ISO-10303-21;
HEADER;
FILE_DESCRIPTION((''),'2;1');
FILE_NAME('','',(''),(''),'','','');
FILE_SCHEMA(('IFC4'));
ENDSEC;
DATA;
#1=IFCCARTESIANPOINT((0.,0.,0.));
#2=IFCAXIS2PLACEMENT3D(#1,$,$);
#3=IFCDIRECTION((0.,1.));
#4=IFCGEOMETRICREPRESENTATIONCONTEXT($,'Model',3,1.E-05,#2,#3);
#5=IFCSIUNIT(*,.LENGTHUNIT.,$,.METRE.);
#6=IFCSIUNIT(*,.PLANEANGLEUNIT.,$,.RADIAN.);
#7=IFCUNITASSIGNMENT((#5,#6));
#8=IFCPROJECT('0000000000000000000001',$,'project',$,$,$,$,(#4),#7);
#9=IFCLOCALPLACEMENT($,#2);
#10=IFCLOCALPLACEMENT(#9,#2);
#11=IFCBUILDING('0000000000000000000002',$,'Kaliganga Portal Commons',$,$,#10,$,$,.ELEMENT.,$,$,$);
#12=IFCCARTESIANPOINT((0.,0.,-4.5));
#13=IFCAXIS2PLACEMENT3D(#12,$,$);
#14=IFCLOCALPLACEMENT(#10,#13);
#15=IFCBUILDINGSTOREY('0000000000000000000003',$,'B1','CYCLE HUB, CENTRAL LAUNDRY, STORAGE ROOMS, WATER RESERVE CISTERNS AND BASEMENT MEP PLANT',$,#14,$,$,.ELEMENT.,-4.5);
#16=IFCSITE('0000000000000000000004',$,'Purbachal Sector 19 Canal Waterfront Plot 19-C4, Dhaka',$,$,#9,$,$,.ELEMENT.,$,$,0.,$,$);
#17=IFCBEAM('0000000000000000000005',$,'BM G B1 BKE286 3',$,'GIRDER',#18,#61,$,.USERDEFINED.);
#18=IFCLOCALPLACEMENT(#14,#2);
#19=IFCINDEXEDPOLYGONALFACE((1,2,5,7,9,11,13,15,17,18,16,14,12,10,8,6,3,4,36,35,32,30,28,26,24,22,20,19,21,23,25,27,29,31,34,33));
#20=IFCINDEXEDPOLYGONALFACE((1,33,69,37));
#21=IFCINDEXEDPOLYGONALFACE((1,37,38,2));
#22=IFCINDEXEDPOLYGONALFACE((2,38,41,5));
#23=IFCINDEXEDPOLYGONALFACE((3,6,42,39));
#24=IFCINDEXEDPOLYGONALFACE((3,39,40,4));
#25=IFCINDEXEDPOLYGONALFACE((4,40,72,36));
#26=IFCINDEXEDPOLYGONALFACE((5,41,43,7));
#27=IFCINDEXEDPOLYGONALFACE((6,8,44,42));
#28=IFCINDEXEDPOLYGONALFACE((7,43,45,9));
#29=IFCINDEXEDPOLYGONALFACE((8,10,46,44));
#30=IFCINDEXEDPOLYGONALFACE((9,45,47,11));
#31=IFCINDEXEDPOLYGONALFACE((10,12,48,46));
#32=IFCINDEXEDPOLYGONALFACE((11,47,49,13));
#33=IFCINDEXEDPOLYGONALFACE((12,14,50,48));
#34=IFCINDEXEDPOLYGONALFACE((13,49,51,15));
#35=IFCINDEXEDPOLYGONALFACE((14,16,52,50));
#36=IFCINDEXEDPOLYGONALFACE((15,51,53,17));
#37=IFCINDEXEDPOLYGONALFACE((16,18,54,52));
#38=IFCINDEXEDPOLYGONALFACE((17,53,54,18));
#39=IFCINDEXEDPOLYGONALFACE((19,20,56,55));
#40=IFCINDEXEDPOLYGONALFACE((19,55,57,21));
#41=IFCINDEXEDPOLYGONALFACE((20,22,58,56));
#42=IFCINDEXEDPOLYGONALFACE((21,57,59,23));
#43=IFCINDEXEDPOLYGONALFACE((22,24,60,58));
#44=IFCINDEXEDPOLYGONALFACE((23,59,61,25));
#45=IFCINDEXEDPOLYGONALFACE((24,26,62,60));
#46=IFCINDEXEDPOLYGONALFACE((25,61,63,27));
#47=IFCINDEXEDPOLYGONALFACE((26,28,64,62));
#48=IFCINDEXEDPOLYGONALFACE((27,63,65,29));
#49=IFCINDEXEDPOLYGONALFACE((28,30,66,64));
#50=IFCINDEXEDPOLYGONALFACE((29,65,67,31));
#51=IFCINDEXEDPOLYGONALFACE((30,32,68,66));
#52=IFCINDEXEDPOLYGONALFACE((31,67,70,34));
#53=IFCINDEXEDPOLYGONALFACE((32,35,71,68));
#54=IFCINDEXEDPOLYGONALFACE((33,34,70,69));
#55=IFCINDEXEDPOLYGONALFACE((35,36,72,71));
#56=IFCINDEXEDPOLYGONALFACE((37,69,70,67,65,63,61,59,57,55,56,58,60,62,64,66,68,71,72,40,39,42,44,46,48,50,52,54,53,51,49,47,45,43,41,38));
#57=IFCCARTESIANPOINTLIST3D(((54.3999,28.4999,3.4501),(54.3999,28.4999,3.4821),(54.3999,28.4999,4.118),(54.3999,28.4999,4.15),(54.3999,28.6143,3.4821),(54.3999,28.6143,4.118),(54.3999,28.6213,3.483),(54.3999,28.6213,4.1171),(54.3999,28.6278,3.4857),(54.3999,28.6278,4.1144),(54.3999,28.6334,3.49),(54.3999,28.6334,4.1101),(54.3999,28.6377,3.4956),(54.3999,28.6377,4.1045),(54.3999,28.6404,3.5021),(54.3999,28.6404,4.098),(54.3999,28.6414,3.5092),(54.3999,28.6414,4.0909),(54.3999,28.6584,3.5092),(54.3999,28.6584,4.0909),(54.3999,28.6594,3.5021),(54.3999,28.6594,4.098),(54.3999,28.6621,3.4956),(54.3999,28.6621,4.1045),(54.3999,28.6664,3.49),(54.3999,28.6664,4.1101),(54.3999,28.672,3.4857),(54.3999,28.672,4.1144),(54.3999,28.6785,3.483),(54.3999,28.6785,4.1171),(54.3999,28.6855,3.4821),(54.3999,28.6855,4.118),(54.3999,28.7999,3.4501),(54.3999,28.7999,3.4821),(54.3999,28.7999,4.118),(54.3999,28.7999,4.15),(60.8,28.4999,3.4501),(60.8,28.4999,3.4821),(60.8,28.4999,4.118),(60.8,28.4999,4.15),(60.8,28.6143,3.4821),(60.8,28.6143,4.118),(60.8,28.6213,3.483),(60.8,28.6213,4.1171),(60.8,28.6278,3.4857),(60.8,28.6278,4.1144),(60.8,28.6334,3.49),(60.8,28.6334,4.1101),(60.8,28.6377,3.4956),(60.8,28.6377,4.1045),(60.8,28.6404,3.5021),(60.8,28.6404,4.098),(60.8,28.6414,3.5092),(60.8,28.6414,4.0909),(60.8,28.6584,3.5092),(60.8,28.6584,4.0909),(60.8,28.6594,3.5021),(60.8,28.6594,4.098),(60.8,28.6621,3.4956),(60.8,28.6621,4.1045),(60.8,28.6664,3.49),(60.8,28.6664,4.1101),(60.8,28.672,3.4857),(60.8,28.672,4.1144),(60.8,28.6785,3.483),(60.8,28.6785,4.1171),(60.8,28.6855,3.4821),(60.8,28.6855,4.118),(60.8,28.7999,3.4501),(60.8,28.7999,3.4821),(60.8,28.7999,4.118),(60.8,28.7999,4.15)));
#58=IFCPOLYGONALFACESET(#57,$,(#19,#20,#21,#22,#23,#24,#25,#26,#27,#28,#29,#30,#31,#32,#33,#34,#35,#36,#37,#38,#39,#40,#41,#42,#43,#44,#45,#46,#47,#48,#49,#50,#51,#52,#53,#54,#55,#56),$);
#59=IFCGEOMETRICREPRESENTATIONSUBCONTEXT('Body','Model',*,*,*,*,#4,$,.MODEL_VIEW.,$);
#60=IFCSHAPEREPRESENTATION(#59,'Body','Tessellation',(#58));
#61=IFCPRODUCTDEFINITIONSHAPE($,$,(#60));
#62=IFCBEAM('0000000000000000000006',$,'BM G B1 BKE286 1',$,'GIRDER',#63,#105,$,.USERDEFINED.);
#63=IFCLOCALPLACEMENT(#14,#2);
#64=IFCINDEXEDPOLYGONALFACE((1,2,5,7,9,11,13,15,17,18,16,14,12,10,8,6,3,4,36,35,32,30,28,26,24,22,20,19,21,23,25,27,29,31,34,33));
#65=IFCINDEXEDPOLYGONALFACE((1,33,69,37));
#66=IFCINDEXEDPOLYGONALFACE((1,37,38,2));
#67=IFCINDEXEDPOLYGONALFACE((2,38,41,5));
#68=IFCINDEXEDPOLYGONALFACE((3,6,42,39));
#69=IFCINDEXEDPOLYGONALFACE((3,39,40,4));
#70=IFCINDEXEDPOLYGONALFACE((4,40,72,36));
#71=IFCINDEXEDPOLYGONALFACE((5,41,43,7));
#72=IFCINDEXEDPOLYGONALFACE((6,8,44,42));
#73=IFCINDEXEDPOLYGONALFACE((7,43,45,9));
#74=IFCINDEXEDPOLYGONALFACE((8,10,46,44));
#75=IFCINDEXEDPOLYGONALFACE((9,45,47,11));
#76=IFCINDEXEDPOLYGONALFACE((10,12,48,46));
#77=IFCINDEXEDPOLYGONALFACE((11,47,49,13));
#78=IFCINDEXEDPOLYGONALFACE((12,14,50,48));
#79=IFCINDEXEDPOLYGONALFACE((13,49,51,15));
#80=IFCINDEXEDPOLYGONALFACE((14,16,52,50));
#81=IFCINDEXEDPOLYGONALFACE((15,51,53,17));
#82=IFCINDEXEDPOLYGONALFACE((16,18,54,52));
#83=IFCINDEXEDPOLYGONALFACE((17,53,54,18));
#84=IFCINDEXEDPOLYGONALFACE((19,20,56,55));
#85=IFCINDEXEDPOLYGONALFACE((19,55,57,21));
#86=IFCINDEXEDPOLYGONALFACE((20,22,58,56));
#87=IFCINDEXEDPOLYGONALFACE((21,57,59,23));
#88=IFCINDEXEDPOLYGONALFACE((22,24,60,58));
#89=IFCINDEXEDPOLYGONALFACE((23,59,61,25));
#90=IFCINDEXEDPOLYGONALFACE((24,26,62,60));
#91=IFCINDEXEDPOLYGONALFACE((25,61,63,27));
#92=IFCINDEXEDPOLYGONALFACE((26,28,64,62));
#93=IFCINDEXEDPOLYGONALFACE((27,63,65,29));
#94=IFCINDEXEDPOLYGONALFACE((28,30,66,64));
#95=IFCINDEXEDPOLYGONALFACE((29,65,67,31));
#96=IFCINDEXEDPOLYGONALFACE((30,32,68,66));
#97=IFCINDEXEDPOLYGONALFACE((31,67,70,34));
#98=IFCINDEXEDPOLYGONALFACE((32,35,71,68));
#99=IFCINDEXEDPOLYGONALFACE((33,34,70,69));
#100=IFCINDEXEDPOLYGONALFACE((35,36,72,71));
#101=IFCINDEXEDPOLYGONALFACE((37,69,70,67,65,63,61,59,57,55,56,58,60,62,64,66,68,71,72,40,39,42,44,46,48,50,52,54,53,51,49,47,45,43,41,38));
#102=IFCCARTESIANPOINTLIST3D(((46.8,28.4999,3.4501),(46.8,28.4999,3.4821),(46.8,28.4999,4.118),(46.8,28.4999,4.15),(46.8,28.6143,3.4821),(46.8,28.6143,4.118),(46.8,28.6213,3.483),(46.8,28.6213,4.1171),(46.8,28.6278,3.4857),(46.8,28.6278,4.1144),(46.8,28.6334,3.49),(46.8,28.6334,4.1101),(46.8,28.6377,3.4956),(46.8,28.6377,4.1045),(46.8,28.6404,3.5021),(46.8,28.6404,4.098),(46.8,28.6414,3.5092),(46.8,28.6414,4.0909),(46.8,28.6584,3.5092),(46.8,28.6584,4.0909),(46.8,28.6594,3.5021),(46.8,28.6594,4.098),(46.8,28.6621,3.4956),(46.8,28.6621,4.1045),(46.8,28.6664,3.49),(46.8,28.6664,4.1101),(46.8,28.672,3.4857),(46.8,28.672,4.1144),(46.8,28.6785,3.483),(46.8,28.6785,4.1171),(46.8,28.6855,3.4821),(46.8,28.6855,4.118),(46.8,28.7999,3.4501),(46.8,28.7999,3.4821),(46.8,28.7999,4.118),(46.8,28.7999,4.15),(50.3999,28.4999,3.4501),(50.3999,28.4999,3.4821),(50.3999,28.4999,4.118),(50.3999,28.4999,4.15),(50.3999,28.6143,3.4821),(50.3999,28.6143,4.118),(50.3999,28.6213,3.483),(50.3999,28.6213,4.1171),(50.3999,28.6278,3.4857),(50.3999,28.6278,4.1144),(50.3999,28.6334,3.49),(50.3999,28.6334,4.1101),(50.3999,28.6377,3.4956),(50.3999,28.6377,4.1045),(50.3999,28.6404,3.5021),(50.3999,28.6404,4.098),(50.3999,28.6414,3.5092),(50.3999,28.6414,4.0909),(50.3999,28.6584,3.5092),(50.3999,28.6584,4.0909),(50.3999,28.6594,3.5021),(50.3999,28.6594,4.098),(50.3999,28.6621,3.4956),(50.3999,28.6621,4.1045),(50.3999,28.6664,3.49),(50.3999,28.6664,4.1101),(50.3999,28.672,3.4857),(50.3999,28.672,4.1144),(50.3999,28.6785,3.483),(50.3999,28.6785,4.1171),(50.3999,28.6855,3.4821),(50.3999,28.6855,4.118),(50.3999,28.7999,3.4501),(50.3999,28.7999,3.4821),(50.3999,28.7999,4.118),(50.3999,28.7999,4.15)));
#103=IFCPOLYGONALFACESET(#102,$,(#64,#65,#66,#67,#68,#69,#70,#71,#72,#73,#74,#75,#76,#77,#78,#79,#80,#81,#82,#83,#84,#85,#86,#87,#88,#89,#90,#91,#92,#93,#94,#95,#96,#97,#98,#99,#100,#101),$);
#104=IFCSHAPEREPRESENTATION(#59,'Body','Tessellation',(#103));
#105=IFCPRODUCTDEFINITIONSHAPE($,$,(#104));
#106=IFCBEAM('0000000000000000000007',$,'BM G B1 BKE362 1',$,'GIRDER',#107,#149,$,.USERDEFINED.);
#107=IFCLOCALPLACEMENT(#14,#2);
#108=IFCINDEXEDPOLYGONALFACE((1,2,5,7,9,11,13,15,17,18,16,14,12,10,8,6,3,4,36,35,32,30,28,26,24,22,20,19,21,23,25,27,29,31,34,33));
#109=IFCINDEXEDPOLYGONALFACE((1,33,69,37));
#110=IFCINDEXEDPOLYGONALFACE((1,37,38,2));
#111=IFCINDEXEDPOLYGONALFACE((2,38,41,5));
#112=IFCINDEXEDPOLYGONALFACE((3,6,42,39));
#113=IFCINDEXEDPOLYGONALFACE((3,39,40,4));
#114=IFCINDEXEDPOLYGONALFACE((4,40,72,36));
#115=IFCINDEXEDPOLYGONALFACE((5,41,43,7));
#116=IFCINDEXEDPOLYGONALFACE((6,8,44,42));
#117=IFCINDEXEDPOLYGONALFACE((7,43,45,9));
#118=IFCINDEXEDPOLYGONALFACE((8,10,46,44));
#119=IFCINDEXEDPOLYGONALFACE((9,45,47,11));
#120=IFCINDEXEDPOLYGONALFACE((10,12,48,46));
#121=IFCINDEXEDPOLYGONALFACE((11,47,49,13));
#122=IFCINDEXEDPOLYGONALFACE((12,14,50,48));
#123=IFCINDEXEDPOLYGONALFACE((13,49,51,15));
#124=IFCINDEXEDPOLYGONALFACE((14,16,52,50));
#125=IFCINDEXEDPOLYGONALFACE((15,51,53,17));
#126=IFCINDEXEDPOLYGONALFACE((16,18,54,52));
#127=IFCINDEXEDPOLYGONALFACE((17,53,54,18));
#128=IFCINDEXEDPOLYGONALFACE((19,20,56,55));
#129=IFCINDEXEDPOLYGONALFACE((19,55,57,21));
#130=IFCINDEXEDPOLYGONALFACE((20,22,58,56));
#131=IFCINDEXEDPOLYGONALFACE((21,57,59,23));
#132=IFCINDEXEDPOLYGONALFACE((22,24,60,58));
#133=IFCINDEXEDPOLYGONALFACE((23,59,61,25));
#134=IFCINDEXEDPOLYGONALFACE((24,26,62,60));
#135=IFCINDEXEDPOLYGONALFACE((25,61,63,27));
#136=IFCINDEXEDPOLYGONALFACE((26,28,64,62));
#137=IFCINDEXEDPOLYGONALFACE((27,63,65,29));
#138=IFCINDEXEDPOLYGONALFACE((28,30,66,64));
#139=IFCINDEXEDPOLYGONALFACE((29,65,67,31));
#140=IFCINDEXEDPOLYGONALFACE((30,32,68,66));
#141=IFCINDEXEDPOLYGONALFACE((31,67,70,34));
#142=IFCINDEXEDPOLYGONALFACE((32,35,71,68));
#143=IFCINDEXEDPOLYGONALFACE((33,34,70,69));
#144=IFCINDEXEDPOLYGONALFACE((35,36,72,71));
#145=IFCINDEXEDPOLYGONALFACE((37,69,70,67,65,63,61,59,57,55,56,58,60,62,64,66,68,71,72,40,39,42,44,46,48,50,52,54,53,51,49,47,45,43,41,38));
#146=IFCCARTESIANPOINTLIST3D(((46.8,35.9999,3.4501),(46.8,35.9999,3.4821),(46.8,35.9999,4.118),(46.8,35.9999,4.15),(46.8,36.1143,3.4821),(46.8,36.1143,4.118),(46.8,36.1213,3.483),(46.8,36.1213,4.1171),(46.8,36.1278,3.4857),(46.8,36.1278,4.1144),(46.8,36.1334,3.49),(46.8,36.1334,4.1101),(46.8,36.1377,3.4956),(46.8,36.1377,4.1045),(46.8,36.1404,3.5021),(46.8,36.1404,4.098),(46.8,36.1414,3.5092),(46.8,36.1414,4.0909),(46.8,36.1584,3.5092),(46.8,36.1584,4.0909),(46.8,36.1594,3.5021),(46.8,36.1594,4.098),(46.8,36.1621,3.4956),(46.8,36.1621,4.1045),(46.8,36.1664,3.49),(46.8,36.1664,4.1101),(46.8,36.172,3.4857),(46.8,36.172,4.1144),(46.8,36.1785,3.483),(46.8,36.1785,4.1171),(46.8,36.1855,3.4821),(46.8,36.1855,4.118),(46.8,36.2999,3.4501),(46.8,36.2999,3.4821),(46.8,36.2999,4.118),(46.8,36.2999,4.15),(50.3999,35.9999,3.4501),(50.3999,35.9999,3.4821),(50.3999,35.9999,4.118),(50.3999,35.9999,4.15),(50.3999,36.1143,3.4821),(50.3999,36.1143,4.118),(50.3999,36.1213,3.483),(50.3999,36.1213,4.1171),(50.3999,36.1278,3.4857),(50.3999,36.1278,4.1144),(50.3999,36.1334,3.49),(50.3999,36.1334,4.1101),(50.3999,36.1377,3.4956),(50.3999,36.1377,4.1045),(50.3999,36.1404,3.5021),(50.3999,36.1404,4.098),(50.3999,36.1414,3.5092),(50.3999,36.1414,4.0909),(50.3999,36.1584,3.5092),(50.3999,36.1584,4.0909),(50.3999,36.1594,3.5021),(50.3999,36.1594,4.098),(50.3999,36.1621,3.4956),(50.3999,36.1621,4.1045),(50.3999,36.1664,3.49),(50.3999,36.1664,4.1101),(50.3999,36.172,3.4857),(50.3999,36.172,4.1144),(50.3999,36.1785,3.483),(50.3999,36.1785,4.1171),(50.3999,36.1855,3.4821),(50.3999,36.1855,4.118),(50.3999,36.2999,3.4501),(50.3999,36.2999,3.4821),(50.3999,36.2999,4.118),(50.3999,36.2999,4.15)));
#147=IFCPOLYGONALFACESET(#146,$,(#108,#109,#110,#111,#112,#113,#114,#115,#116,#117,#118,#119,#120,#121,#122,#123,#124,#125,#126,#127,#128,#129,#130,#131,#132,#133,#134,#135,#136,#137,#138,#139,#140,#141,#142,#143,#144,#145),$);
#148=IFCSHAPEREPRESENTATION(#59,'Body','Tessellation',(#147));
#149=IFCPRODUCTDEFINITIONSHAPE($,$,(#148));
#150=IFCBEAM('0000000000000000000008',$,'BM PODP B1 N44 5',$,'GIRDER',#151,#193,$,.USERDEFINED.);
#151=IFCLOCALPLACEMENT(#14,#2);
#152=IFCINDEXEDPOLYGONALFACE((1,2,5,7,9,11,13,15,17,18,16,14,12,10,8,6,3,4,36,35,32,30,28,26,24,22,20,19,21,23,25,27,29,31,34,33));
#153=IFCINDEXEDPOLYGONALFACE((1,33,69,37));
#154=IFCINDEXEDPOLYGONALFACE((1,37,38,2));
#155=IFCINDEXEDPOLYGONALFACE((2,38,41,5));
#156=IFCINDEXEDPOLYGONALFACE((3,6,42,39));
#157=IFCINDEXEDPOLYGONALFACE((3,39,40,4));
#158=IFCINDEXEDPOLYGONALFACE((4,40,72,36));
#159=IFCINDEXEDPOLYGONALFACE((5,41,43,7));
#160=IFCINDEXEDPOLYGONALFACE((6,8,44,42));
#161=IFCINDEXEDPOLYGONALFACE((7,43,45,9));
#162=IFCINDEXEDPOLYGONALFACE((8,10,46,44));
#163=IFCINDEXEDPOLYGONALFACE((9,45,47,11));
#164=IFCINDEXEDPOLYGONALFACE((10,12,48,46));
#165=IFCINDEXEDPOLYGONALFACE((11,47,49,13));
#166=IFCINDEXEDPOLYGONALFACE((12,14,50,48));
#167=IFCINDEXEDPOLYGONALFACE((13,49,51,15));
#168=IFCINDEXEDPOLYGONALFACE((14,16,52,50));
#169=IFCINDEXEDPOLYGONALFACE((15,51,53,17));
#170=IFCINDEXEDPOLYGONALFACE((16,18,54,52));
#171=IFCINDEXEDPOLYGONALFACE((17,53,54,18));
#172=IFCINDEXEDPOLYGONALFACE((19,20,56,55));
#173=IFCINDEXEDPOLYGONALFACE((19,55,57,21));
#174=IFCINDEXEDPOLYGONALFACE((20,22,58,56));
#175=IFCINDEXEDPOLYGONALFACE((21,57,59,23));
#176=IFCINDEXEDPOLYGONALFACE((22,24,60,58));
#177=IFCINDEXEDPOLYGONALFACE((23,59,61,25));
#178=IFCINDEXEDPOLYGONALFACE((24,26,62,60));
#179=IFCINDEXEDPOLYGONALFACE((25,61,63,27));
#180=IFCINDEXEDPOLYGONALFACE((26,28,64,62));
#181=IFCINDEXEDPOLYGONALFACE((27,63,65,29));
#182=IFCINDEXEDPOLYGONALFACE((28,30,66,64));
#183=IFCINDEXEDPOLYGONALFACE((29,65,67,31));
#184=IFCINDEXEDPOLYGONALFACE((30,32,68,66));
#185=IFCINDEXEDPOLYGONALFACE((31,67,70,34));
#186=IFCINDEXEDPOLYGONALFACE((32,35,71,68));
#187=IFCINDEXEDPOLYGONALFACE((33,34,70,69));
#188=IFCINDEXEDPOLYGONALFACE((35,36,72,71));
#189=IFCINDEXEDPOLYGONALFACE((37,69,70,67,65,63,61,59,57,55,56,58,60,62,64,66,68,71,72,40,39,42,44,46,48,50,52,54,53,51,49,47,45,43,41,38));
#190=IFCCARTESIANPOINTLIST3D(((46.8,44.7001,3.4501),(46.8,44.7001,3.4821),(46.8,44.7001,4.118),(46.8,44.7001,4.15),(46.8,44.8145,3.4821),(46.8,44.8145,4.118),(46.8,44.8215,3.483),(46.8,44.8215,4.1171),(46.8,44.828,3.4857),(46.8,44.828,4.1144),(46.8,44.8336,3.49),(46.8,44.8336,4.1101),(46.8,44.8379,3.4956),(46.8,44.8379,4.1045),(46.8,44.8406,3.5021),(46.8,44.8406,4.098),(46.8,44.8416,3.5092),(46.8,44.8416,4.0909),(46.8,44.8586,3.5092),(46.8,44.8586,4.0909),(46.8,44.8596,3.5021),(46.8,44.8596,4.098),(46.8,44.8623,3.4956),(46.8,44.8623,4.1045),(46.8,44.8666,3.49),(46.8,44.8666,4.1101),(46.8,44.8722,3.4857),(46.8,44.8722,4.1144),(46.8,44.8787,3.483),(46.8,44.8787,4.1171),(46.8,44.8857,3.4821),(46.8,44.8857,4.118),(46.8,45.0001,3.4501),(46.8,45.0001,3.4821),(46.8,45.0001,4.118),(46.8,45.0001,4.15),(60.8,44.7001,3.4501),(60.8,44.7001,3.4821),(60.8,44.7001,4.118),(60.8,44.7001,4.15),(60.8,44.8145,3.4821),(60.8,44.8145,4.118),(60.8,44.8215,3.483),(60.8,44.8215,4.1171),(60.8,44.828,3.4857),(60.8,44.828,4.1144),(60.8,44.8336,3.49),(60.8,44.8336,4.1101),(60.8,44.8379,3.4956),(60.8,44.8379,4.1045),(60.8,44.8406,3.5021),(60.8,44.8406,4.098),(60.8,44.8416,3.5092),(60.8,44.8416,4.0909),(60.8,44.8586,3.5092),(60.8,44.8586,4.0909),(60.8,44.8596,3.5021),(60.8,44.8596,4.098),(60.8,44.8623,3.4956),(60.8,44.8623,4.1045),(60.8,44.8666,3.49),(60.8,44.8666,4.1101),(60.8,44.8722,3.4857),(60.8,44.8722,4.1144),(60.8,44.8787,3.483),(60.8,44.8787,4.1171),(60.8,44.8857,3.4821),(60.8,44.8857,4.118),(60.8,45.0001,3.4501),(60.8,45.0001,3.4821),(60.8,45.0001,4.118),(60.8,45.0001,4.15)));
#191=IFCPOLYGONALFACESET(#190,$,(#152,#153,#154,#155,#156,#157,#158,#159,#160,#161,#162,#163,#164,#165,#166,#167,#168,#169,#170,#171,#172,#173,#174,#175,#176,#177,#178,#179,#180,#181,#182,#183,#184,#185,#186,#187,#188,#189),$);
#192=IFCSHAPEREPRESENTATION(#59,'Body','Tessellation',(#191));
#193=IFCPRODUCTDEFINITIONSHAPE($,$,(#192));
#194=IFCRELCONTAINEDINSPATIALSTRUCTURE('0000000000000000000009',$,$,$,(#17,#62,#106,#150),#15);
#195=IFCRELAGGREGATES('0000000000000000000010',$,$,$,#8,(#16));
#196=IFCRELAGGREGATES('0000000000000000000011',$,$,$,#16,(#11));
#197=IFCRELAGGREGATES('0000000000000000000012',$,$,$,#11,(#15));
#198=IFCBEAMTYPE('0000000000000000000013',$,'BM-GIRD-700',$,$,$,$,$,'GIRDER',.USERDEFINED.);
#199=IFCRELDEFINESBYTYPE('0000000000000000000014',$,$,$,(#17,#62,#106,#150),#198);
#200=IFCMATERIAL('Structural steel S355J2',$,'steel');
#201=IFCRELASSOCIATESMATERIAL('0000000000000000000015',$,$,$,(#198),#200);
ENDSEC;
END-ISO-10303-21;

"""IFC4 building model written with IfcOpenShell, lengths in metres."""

from ifc_helpers import new_model, si_unit, direction, frame, origin, origin_2d, place, context, subcontext, project, spatial, i_section, extrude, source, transform, mapped, material, material_profile, profile_set, type_object, element, save


model = new_model("IFC4")

# Units and contexts
model_context = context("Model", 3, precision=1e-05, world=origin(), true_north=direction((0.0, 1.0)))
body_context = subcontext(model_context, "Body", "Model", "MODEL_VIEW")
ifc_project = project(units=[si_unit("LENGTHUNIT", "METRE"), si_unit("PLANEANGLEUNIT", "RADIAN")], contexts=[model_context])

# Site, building, storey
site_placement = place(None, origin())
site = spatial("IfcSite", under=ifc_project, at=site_placement, Name="Purbachal Sector 19 Canal Waterfront Plot 19-C4, Dhaka", CompositionType="ELEMENT", RefElevation=0.0)
building_placement = place(site_placement, origin())
building = spatial("IfcBuilding", under=site, at=building_placement, Name="Kaliganga Portal Commons", CompositionType="ELEMENT")
storey_placement = place(building_placement, frame((0.0, 0.0, -4.5)))
storey = spatial("IfcBuildingStorey", under=building, at=storey_placement, Name="B1", Description="CYCLE HUB, CENTRAL LAUNDRY, STORAGE ROOMS, WATER RESERVE CISTERNS AND BASEMENT MEP PLANT", CompositionType="ELEMENT", Elevation=-4.5)

# Beams
ifc_material_1 = material(Name="Structural steel S355J2", Category="steel")
ifc_material_profile_1 = material_profile(ifc_material_1, i_section(OverallWidth=0.3, OverallDepth=0.7, WebThickness=0.0171, FlangeThickness=0.032, FilletRadius=0.0271, at=origin_2d()), Name="HE 700 B")
ifc_profile_set_1 = profile_set([ifc_material_profile_1], Name="Structural steel S355J2 wide-flange")
beam_type_1 = type_object("IfcBeamType", Name="BM-GIRD-700", ElementType="GIRDER", PredefinedType="USERDEFINED", material=ifc_profile_set_1)
shared_shape_1 = source(origin(), body_context, "Body", "SweptSolid", [
    extrude(i_section(OverallWidth=0.3, OverallDepth=0.7, WebThickness=0.0171, FlangeThickness=0.032, FilletRadius=0.0271, at=origin_2d()), origin(), (0.0, 0.0, 1.0), 6.4001),
])
beam_1_placement = place(storey_placement, frame((54.3999, 28.6499, 3.8), z_axis=(1.0, 0.0, 0.0), x_axis=(0.0, 1.0, 0.0)))
element("IfcBeam", 1, at=beam_1_placement, inside=storey, type_object=beam_type_1, Name="BM G B1 BKE286 3", ObjectType="GIRDER", PredefinedType="USERDEFINED", context=body_context, shape_type="MappedRepresentation", body=[
    mapped(shared_shape_1, transform((0.0, 0.0, 0.0), x_axis=(1.0, 0.0, 0.0), y_axis=(0.0, 1.0, 0.0), z_axis=(0.0, 0.0, 1.0), scale=1.0)),
])
shared_shape_2 = source(origin(), body_context, "Body", "SweptSolid", [
    extrude(i_section(OverallWidth=0.3, OverallDepth=0.7, WebThickness=0.0171, FlangeThickness=0.032, FilletRadius=0.0271, at=origin_2d()), origin(), (0.0, 0.0, 1.0), 3.5999),
])
for number, where, z_axis, x_axis, name in (
    (2, (46.8, 28.6499, 3.8), (1.0, 0.0, 0.0), (0.0, 1.0, 0.0), "BM G B1 BKE286 1"),
    (3, (46.8, 36.1499, 3.8), (1.0, 0.0, 0.0), (0.0, 1.0, 0.0), "BM G B1 BKE362 1"),
):
    element("IfcBeam", number, at=place(storey_placement, frame(where, z_axis=z_axis, x_axis=x_axis)), inside=storey, type_object=beam_type_1, Name=name, ObjectType="GIRDER", PredefinedType="USERDEFINED", context=body_context, shape_type="MappedRepresentation", body=[
        mapped(shared_shape_2, transform((0.0, 0.0, 0.0), x_axis=(1.0, 0.0, 0.0), y_axis=(0.0, 1.0, 0.0), z_axis=(0.0, 0.0, 1.0), scale=1.0)),
    ])
shared_shape_3 = source(origin(), body_context, "Body", "SweptSolid", [
    extrude(i_section(OverallWidth=0.3, OverallDepth=0.7, WebThickness=0.0171, FlangeThickness=0.032, FilletRadius=0.0271, at=origin_2d()), origin(), (0.0, 0.0, 1.0), 14.0),
])
beam_2_placement = place(storey_placement, frame((46.8, 44.8501, 3.8), z_axis=(1.0, 0.0, 0.0), x_axis=(0.0, 1.0, 0.0)))
element("IfcBeam", 4, at=beam_2_placement, inside=storey, type_object=beam_type_1, Name="BM PODP B1 N44 5", ObjectType="GIRDER", PredefinedType="USERDEFINED", context=body_context, shape_type="MappedRepresentation", body=[
    mapped(shared_shape_3, transform((0.0, 0.0, 0.0), x_axis=(1.0, 0.0, 0.0), y_axis=(0.0, 1.0, 0.0), z_axis=(0.0, 0.0, 1.0), scale=1.0)),
])

save(model, "model.ifc")
